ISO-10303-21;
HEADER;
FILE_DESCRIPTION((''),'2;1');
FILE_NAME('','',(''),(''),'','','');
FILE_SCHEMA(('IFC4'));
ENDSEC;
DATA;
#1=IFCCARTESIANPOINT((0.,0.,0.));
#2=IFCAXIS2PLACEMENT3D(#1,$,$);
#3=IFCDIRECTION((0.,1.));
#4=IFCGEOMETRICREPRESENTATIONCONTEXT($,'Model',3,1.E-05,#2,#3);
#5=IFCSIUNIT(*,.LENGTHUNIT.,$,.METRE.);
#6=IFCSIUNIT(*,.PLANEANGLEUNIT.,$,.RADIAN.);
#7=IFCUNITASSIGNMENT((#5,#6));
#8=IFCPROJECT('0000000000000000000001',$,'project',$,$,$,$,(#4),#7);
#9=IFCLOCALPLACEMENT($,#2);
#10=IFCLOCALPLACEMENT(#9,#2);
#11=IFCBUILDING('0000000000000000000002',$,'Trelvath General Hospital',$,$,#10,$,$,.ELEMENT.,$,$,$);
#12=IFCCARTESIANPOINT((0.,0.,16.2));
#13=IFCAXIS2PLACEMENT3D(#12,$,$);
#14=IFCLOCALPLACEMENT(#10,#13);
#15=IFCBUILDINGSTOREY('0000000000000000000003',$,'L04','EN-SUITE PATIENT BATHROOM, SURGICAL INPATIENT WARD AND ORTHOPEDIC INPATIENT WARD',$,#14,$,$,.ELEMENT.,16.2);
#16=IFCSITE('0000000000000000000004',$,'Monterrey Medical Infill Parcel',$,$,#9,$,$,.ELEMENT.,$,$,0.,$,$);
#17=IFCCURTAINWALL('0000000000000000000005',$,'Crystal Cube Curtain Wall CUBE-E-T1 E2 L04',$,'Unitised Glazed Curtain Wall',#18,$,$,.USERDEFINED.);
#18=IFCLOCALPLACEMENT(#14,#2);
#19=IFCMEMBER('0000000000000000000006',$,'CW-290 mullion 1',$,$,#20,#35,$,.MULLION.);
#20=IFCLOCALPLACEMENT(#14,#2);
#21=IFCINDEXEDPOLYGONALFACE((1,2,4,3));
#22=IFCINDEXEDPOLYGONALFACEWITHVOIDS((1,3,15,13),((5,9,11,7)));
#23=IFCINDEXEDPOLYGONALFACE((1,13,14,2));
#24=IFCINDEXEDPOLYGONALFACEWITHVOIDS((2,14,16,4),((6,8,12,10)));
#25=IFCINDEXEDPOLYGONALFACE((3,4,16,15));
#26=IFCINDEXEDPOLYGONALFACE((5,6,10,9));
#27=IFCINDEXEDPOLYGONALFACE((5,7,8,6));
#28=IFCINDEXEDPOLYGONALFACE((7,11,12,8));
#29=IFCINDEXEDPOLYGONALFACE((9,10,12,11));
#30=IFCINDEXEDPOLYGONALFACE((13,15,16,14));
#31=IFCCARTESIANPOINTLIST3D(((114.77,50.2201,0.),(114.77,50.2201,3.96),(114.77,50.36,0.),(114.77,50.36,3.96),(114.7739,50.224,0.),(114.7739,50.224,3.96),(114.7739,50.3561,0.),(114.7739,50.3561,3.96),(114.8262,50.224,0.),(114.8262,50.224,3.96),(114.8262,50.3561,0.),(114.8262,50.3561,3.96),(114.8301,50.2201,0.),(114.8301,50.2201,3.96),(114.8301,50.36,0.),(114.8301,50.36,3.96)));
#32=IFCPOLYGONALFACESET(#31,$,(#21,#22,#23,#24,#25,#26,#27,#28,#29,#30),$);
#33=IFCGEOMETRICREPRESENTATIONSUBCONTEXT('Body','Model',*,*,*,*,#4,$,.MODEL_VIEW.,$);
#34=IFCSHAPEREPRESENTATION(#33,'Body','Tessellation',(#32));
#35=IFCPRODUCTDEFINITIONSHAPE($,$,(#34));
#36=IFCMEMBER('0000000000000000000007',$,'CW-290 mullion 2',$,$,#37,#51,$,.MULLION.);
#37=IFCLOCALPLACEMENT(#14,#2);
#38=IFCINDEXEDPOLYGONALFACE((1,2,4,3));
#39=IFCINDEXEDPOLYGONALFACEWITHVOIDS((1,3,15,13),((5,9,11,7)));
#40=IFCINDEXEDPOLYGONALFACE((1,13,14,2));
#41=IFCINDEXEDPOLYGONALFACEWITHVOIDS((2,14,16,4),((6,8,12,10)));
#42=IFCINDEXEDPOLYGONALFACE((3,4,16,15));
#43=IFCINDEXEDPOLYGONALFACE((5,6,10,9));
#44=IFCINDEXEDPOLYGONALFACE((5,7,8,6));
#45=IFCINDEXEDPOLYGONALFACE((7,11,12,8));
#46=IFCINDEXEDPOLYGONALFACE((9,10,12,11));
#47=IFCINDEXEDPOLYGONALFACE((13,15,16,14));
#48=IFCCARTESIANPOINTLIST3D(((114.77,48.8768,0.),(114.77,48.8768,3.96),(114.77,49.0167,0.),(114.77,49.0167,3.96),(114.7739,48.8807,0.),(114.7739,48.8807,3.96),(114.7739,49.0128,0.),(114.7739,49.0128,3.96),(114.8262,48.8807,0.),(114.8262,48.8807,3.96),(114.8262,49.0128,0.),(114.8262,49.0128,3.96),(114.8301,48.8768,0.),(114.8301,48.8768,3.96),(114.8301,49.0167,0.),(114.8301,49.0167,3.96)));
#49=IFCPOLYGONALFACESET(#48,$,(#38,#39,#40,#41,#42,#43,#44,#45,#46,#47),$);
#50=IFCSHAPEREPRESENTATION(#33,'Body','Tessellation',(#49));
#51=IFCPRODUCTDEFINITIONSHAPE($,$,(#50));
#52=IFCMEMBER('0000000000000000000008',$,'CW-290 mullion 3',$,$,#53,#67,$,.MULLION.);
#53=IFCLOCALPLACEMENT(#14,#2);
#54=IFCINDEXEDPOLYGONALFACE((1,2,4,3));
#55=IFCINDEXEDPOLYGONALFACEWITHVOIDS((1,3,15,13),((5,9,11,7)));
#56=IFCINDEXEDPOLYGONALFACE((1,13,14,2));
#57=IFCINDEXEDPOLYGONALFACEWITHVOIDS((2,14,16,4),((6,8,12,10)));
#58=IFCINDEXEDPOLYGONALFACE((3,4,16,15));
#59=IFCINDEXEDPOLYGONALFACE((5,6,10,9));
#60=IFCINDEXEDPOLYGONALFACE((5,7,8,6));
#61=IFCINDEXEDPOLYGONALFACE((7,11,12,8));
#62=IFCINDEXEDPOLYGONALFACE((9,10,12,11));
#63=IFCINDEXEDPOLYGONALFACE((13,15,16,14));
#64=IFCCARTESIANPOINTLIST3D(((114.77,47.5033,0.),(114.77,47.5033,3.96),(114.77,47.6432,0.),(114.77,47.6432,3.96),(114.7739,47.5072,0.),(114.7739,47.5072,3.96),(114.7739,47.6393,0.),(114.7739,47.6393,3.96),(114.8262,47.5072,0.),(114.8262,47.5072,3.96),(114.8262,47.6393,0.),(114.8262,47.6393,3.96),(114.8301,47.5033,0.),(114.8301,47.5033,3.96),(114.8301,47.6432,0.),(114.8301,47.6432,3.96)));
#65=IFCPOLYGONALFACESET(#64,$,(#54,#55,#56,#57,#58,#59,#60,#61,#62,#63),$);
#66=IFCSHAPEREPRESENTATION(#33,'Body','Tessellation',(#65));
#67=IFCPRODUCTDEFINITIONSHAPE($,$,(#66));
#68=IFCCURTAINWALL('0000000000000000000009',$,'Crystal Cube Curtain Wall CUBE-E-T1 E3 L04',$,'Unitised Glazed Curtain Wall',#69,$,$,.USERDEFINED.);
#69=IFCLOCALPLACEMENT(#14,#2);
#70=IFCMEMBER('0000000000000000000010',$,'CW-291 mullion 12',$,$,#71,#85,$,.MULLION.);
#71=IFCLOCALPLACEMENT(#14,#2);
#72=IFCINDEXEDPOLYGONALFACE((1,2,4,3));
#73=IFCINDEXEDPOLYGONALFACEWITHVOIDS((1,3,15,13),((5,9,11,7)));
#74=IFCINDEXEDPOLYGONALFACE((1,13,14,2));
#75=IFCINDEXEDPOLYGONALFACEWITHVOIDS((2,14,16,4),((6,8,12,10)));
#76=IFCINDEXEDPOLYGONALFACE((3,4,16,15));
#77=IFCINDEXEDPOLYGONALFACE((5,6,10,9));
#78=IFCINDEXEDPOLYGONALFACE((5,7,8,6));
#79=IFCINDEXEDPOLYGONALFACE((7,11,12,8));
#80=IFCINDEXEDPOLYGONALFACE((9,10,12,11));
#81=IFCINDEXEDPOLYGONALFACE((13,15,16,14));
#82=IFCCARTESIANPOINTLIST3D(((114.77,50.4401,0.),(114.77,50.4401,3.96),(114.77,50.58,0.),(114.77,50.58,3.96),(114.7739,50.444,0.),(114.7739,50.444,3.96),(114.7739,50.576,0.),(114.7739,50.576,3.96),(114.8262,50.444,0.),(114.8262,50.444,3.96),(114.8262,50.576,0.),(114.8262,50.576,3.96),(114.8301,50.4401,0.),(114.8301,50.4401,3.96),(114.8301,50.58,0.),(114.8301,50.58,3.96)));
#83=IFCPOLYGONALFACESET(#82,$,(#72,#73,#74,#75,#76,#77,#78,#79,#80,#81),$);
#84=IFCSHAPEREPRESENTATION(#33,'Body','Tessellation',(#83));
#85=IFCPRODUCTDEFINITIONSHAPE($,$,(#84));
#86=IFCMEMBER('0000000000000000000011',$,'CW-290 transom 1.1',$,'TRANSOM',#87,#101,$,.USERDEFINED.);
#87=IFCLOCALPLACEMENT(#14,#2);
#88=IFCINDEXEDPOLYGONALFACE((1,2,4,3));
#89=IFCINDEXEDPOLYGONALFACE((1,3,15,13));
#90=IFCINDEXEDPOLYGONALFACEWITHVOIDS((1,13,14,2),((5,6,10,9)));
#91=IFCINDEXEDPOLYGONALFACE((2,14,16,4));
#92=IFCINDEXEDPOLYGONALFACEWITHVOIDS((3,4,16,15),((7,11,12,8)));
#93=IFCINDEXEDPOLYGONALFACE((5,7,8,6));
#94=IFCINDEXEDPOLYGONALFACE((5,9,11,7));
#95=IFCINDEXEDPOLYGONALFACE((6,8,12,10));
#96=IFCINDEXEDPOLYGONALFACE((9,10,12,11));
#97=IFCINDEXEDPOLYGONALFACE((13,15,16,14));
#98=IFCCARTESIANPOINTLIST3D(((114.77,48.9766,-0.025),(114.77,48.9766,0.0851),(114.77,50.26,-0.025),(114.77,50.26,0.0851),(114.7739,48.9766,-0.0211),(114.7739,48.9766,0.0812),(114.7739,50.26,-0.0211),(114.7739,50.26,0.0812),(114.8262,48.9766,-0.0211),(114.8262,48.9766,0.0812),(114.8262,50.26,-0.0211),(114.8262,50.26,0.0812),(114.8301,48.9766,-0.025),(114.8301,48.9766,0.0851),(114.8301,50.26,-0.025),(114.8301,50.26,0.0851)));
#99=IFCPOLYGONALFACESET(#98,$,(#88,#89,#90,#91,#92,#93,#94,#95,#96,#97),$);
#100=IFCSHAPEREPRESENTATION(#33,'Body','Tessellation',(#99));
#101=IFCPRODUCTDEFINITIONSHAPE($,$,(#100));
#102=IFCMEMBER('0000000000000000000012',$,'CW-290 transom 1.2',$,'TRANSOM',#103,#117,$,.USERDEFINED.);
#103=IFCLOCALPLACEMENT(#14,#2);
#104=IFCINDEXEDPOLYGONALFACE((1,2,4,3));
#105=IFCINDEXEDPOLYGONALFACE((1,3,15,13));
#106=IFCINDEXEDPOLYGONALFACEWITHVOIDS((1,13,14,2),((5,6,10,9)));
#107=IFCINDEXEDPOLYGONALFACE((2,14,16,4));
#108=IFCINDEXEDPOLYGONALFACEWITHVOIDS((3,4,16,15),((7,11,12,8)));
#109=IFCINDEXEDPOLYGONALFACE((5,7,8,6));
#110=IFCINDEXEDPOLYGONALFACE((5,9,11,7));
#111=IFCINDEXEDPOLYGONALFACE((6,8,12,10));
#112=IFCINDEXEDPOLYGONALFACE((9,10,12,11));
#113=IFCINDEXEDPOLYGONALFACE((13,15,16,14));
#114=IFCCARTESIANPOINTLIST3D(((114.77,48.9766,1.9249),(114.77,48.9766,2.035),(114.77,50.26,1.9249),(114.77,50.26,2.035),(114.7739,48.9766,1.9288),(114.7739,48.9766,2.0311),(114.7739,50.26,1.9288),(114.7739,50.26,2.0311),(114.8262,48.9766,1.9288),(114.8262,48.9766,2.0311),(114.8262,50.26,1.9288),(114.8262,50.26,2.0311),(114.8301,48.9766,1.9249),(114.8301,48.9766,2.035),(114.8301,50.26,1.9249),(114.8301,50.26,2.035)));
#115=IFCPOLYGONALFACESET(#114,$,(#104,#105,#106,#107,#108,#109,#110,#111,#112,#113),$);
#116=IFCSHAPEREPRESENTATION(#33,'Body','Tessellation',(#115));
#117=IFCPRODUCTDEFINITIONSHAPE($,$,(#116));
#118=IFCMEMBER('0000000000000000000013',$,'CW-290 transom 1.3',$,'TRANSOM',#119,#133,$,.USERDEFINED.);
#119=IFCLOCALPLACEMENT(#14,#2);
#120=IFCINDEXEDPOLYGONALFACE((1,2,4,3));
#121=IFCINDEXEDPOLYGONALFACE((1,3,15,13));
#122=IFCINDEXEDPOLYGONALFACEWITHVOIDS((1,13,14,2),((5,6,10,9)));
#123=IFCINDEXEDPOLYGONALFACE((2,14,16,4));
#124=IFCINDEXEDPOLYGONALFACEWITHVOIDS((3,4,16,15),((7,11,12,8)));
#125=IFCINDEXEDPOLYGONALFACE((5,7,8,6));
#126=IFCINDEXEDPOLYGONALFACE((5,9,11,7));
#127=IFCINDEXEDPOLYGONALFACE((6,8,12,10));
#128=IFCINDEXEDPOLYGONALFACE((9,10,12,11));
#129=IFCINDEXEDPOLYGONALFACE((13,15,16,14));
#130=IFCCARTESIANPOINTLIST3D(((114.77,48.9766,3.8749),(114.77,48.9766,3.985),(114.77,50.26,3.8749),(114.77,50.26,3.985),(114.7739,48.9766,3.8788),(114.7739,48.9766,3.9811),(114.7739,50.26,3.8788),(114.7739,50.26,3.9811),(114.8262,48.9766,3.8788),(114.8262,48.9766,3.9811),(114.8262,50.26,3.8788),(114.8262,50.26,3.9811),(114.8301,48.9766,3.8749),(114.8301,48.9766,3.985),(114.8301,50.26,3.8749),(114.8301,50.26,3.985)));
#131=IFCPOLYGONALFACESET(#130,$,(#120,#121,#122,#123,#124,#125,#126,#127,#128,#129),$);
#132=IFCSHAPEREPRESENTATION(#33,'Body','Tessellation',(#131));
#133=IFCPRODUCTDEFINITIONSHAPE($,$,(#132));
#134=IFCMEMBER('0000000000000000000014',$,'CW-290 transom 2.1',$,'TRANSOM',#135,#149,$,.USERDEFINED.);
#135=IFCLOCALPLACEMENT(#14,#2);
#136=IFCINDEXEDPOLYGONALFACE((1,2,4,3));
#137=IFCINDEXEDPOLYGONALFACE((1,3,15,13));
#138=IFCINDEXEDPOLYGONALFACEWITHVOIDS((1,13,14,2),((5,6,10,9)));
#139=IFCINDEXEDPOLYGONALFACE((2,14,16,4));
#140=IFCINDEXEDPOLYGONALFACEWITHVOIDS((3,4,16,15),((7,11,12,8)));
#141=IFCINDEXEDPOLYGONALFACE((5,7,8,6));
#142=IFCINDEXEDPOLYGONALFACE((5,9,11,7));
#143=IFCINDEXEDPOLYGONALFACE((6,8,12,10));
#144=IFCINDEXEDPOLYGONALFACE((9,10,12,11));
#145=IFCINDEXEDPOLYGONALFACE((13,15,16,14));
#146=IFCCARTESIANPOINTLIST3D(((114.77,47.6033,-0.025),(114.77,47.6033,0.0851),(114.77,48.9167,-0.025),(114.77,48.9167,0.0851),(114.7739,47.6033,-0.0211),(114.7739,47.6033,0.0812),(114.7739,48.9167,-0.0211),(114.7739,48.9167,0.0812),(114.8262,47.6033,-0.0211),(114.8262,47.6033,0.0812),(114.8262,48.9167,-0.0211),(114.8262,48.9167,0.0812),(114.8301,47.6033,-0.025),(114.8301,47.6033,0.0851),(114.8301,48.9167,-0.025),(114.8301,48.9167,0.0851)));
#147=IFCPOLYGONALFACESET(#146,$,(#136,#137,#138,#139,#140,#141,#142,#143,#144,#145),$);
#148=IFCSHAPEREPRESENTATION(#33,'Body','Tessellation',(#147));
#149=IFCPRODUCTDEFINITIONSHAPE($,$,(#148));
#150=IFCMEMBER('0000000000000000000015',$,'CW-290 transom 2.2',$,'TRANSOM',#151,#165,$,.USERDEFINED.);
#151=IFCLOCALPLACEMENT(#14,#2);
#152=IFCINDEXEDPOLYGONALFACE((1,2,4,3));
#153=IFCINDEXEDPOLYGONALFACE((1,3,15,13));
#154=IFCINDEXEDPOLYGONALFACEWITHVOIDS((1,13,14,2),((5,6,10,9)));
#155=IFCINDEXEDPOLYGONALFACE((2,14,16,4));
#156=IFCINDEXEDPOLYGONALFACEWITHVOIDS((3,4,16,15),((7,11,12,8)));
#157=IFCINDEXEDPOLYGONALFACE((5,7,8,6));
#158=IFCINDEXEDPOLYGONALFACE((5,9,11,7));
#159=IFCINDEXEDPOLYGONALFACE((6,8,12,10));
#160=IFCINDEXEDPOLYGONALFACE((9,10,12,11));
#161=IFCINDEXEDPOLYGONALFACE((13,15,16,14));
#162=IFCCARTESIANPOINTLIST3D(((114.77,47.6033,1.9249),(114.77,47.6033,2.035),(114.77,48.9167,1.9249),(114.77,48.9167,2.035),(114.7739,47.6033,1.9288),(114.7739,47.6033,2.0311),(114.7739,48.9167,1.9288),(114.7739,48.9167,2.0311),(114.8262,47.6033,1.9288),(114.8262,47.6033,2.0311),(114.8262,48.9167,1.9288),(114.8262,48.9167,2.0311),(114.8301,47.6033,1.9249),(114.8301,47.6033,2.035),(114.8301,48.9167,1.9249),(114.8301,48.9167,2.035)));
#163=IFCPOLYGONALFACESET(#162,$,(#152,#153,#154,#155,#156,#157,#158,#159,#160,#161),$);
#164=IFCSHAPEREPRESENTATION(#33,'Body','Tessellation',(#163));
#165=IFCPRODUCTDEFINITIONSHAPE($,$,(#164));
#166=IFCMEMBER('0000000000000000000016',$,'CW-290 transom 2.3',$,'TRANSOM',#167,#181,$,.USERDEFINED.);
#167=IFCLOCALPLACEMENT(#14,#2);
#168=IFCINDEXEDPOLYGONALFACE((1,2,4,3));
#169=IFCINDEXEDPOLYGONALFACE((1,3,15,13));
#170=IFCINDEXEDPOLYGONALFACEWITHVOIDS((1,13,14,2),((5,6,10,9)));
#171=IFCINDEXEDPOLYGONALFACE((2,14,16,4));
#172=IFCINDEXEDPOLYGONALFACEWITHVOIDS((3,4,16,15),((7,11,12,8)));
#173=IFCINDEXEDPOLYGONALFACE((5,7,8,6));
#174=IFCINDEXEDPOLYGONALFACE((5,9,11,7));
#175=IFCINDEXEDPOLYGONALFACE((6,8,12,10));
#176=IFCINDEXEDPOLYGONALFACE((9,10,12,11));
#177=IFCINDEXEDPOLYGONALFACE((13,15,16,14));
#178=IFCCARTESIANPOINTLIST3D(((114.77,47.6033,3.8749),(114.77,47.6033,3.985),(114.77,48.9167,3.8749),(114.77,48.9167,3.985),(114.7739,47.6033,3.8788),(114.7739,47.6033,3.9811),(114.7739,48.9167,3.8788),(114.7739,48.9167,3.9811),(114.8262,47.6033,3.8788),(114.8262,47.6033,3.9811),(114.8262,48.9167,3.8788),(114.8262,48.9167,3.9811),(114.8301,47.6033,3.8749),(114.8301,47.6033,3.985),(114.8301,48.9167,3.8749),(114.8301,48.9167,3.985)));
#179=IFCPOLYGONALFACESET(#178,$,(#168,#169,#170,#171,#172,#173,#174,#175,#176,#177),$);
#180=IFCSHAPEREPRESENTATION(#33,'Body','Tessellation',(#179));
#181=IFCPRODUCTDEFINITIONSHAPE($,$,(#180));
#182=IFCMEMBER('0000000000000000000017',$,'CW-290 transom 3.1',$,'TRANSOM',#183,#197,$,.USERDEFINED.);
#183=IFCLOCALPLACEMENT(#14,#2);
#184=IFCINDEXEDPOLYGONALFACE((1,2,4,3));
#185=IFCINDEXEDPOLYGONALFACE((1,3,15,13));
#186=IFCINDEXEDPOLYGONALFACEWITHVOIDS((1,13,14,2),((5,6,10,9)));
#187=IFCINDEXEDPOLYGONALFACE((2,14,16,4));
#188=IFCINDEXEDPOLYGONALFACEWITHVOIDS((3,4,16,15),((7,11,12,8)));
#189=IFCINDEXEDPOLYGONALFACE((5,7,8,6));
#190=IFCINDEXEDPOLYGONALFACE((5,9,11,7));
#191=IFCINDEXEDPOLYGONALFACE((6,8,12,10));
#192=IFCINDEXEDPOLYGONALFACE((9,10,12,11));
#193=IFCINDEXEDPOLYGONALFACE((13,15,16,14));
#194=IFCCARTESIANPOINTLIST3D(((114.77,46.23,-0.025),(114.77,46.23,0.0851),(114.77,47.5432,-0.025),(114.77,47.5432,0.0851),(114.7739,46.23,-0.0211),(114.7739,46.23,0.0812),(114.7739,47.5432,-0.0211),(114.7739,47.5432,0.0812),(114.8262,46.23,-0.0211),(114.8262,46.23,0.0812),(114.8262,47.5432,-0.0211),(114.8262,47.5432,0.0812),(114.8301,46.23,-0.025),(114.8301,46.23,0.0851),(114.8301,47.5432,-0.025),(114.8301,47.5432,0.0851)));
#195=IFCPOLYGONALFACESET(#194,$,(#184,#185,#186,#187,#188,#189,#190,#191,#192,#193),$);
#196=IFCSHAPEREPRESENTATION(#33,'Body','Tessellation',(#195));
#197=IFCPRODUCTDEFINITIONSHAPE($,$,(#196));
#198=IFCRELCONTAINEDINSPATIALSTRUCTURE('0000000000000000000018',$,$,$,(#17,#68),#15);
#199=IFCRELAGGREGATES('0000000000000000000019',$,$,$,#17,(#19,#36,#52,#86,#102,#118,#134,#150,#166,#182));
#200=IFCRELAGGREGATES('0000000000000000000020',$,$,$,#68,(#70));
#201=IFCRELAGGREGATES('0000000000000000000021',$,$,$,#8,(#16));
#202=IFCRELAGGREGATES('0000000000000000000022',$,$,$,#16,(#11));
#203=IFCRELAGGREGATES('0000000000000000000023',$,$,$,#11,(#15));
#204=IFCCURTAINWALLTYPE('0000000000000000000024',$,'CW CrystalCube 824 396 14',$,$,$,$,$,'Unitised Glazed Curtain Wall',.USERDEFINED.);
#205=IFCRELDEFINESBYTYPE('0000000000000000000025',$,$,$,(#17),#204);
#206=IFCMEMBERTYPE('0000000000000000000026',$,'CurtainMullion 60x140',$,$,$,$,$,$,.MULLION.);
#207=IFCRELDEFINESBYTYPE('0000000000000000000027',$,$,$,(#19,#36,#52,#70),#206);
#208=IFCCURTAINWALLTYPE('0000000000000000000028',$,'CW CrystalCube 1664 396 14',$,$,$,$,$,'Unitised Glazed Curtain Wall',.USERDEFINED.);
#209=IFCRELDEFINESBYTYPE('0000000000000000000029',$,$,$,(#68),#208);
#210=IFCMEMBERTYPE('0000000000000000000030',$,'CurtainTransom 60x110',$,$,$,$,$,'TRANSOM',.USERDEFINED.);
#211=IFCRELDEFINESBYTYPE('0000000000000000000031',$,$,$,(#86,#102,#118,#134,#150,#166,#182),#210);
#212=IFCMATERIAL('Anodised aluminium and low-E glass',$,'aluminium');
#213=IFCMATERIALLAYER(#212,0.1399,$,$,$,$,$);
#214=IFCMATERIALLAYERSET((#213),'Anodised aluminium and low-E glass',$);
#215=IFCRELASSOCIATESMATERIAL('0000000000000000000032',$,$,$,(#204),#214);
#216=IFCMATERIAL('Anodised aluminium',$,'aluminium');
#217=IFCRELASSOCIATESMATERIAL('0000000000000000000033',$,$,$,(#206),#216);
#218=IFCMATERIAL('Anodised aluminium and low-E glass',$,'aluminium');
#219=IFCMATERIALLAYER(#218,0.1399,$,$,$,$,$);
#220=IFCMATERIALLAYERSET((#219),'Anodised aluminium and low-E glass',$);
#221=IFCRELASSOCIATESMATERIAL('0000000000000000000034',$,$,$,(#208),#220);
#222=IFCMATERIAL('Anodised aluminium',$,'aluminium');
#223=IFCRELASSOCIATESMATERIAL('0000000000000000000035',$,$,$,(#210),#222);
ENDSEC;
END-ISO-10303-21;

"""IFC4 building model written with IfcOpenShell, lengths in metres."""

from ifc_helpers import new_model, si_unit, direction, frame, origin, origin_2d, place, context, subcontext, project, spatial, hollow_rectangle, extrude, material, layer, layer_set, material_profile, profile_set, type_object, element, aggregate, save


model = new_model("IFC4")

# Units and contexts
model_context = context("Model", 3, precision=1e-05, world=origin(), true_north=direction((0.0, 1.0)))
body_context = subcontext(model_context, "Body", "Model", "MODEL_VIEW")
ifc_project = project(units=[si_unit("LENGTHUNIT", "METRE"), si_unit("PLANEANGLEUNIT", "RADIAN")], contexts=[model_context])

# Site, building, storey
site_placement = place(None, origin())
site = spatial("IfcSite", under=ifc_project, at=site_placement, Name="Monterrey Medical Infill Parcel", CompositionType="ELEMENT", RefElevation=0.0)
building_placement = place(site_placement, origin())
building = spatial("IfcBuilding", under=site, at=building_placement, Name="Trelvath General Hospital", CompositionType="ELEMENT")
storey_placement = place(building_placement, frame((0.0, 0.0, 16.2)))
storey = spatial("IfcBuildingStorey", under=building, at=storey_placement, Name="L04", Description="EN-SUITE PATIENT BATHROOM, SURGICAL INPATIENT WARD AND ORTHOPEDIC INPATIENT WARD", CompositionType="ELEMENT", Elevation=16.2)

# Curtain wall, members
ifc_material_1 = material(Name="Anodised aluminium and low-E glass", Category="aluminium")
ifc_layer_1 = layer(ifc_material_1, 0.1399)
ifc_layer_set_1 = layer_set([ifc_layer_1], Name="Anodised aluminium and low-E glass")
curtain_wall_type_1 = type_object("IfcCurtainWallType", Name="CW CrystalCube 824 396 14", ElementType="Unitised Glazed Curtain Wall", PredefinedType="USERDEFINED", material=ifc_layer_set_1)
curtain_wall_1_placement = place(storey_placement, origin())
curtain_wall_1 = element("IfcCurtainWall", 1, at=curtain_wall_1_placement, inside=storey, type_object=curtain_wall_type_1, Name="Crystal Cube Curtain Wall CUBE-E-T1 E2 L04", ObjectType="Unitised Glazed Curtain Wall", PredefinedType="USERDEFINED")
ifc_material_2 = material(Name="Anodised aluminium", Category="aluminium")
ifc_material_profile_1 = material_profile(ifc_material_2, hollow_rectangle(XDim=0.0601, YDim=0.1399, WallThickness=0.0039, at=origin_2d()), Name="RHS60x140x4")
ifc_profile_set_1 = profile_set([ifc_material_profile_1], Name="Anodised aluminium")
member_type_1 = type_object("IfcMemberType", Name="CurtainMullion 60x140", PredefinedType="MULLION", material=ifc_profile_set_1)
member_1_placement = place(storey_placement, frame((114.8, 50.29, 0.0), z_axis=(0.0, 0.0, 1.0), x_axis=(1.0, 0.0, 0.0)))
member_1 = element("IfcMember", 2, at=member_1_placement, type_object=member_type_1, Name="CW-290 mullion 1", PredefinedType="MULLION", context=body_context, shape_type="SweptSolid", body=[
    extrude(hollow_rectangle(XDim=0.0601, YDim=0.1399, WallThickness=0.0039, at=origin_2d()), origin(), (0.0, 0.0, 1.0), 3.96),
])
member_2_placement = place(storey_placement, frame((114.8, 48.9468, 0.0), z_axis=(0.0, 0.0, 1.0), x_axis=(1.0, 0.0, 0.0)))
member_2 = element("IfcMember", 3, at=member_2_placement, type_object=member_type_1, Name="CW-290 mullion 2", PredefinedType="MULLION", context=body_context, shape_type="SweptSolid", body=[
    extrude(hollow_rectangle(XDim=0.0601, YDim=0.1399, WallThickness=0.0039, at=origin_2d()), origin(), (0.0, 0.0, 1.0), 3.96),
])
member_3_placement = place(storey_placement, frame((114.8, 47.5732, 0.0), z_axis=(0.0, 0.0, 1.0), x_axis=(1.0, 0.0, 0.0)))
member_3 = element("IfcMember", 4, at=member_3_placement, type_object=member_type_1, Name="CW-290 mullion 3", PredefinedType="MULLION", context=body_context, shape_type="SweptSolid", body=[
    extrude(hollow_rectangle(XDim=0.0601, YDim=0.1399, WallThickness=0.0039, at=origin_2d()), origin(), (0.0, 0.0, 1.0), 3.96),
])

# Curtain wall, member
ifc_material_3 = material(Name="Anodised aluminium and low-E glass", Category="aluminium")
ifc_layer_2 = layer(ifc_material_3, 0.1399)
ifc_layer_set_2 = layer_set([ifc_layer_2], Name="Anodised aluminium and low-E glass")
curtain_wall_type_2 = type_object("IfcCurtainWallType", Name="CW CrystalCube 1664 396 14", ElementType="Unitised Glazed Curtain Wall", PredefinedType="USERDEFINED", material=ifc_layer_set_2)
curtain_wall_2_placement = place(storey_placement, origin())
curtain_wall_2 = element("IfcCurtainWall", 5, at=curtain_wall_2_placement, inside=storey, type_object=curtain_wall_type_2, Name="Crystal Cube Curtain Wall CUBE-E-T1 E3 L04", ObjectType="Unitised Glazed Curtain Wall", PredefinedType="USERDEFINED")
member_4_placement = place(storey_placement, frame((114.8, 50.51, 0.0), z_axis=(0.0, 0.0, 1.0), x_axis=(1.0, 0.0, 0.0)))
member_4 = element("IfcMember", 6, at=member_4_placement, type_object=member_type_1, Name="CW-291 mullion 12", PredefinedType="MULLION", context=body_context, shape_type="SweptSolid", body=[
    extrude(hollow_rectangle(XDim=0.0601, YDim=0.1399, WallThickness=0.0039, at=origin_2d()), origin(), (0.0, 0.0, 1.0), 3.96),
])

# Members
ifc_material_4 = material(Name="Anodised aluminium", Category="aluminium")
ifc_material_profile_2 = material_profile(ifc_material_4, hollow_rectangle(XDim=0.0601, YDim=0.1101, WallThickness=0.0039, at=origin_2d()), Name="RHS60x110x4")
ifc_profile_set_2 = profile_set([ifc_material_profile_2], Name="Anodised aluminium")
member_type_2 = type_object("IfcMemberType", Name="CurtainTransom 60x110", ElementType="TRANSOM", PredefinedType="USERDEFINED", material=ifc_profile_set_2)
member_5_placement = place(storey_placement, frame((114.8, 50.26, 0.03), z_axis=(0.0, -1.0, 0.0), x_axis=(1.0, 0.0, 0.0)))
member_5 = element("IfcMember", 7, at=member_5_placement, type_object=member_type_2, Name="CW-290 transom 1.1", ObjectType="TRANSOM", PredefinedType="USERDEFINED", context=body_context, shape_type="SweptSolid", body=[
    extrude(hollow_rectangle(XDim=0.0601, YDim=0.1101, WallThickness=0.0039, at=origin_2d()), origin(), (0.0, 0.0, 1.0), 1.2834),
])
member_6_placement = place(storey_placement, frame((114.8, 50.26, 1.98), z_axis=(0.0, -1.0, 0.0), x_axis=(1.0, 0.0, 0.0)))
member_6 = element("IfcMember", 8, at=member_6_placement, type_object=member_type_2, Name="CW-290 transom 1.2", ObjectType="TRANSOM", PredefinedType="USERDEFINED", context=body_context, shape_type="SweptSolid", body=[
    extrude(hollow_rectangle(XDim=0.0601, YDim=0.1101, WallThickness=0.0039, at=origin_2d()), origin(), (0.0, 0.0, 1.0), 1.2834),
])
member_7_placement = place(storey_placement, frame((114.8, 50.26, 3.9299), z_axis=(0.0, -1.0, 0.0), x_axis=(1.0, 0.0, 0.0)))
member_7 = element("IfcMember", 9, at=member_7_placement, type_object=member_type_2, Name="CW-290 transom 1.3", ObjectType="TRANSOM", PredefinedType="USERDEFINED", context=body_context, shape_type="SweptSolid", body=[
    extrude(hollow_rectangle(XDim=0.0601, YDim=0.1101, WallThickness=0.0039, at=origin_2d()), origin(), (0.0, 0.0, 1.0), 1.2834),
])
member_8_placement = place(storey_placement, frame((114.8, 48.9167, 0.03), z_axis=(0.0, -1.0, 0.0), x_axis=(1.0, 0.0, 0.0)))
member_8 = element("IfcMember", 10, at=member_8_placement, type_object=member_type_2, Name="CW-290 transom 2.1", ObjectType="TRANSOM", PredefinedType="USERDEFINED", context=body_context, shape_type="SweptSolid", body=[
    extrude(hollow_rectangle(XDim=0.0601, YDim=0.1101, WallThickness=0.0039, at=origin_2d()), origin(), (0.0, 0.0, 1.0), 1.3135),
])
member_9_placement = place(storey_placement, frame((114.8, 48.9167, 1.98), z_axis=(0.0, -1.0, 0.0), x_axis=(1.0, 0.0, 0.0)))
member_9 = element("IfcMember", 11, at=member_9_placement, type_object=member_type_2, Name="CW-290 transom 2.2", ObjectType="TRANSOM", PredefinedType="USERDEFINED", context=body_context, shape_type="SweptSolid", body=[
    extrude(hollow_rectangle(XDim=0.0601, YDim=0.1101, WallThickness=0.0039, at=origin_2d()), origin(), (0.0, 0.0, 1.0), 1.3135),
])
member_10_placement = place(storey_placement, frame((114.8, 48.9167, 3.9299), z_axis=(0.0, -1.0, 0.0), x_axis=(1.0, 0.0, 0.0)))
member_10 = element("IfcMember", 12, at=member_10_placement, type_object=member_type_2, Name="CW-290 transom 2.3", ObjectType="TRANSOM", PredefinedType="USERDEFINED", context=body_context, shape_type="SweptSolid", body=[
    extrude(hollow_rectangle(XDim=0.0601, YDim=0.1101, WallThickness=0.0039, at=origin_2d()), origin(), (0.0, 0.0, 1.0), 1.3135),
])
member_11_placement = place(storey_placement, frame((114.8, 47.5432, 0.03), z_axis=(0.0, -1.0, 0.0), x_axis=(1.0, 0.0, 0.0)))
member_11 = element("IfcMember", 13, at=member_11_placement, type_object=member_type_2, Name="CW-290 transom 3.1", ObjectType="TRANSOM", PredefinedType="USERDEFINED", context=body_context, shape_type="SweptSolid", body=[
    extrude(hollow_rectangle(XDim=0.0601, YDim=0.1101, WallThickness=0.0039, at=origin_2d()), origin(), (0.0, 0.0, 1.0), 1.3132),
])

aggregate(curtain_wall_1, [member_1, member_2, member_3, member_5, member_6, member_7, member_8, member_9, member_10, member_11])
aggregate(curtain_wall_2, [member_4])

save(model, "model.ifc")
